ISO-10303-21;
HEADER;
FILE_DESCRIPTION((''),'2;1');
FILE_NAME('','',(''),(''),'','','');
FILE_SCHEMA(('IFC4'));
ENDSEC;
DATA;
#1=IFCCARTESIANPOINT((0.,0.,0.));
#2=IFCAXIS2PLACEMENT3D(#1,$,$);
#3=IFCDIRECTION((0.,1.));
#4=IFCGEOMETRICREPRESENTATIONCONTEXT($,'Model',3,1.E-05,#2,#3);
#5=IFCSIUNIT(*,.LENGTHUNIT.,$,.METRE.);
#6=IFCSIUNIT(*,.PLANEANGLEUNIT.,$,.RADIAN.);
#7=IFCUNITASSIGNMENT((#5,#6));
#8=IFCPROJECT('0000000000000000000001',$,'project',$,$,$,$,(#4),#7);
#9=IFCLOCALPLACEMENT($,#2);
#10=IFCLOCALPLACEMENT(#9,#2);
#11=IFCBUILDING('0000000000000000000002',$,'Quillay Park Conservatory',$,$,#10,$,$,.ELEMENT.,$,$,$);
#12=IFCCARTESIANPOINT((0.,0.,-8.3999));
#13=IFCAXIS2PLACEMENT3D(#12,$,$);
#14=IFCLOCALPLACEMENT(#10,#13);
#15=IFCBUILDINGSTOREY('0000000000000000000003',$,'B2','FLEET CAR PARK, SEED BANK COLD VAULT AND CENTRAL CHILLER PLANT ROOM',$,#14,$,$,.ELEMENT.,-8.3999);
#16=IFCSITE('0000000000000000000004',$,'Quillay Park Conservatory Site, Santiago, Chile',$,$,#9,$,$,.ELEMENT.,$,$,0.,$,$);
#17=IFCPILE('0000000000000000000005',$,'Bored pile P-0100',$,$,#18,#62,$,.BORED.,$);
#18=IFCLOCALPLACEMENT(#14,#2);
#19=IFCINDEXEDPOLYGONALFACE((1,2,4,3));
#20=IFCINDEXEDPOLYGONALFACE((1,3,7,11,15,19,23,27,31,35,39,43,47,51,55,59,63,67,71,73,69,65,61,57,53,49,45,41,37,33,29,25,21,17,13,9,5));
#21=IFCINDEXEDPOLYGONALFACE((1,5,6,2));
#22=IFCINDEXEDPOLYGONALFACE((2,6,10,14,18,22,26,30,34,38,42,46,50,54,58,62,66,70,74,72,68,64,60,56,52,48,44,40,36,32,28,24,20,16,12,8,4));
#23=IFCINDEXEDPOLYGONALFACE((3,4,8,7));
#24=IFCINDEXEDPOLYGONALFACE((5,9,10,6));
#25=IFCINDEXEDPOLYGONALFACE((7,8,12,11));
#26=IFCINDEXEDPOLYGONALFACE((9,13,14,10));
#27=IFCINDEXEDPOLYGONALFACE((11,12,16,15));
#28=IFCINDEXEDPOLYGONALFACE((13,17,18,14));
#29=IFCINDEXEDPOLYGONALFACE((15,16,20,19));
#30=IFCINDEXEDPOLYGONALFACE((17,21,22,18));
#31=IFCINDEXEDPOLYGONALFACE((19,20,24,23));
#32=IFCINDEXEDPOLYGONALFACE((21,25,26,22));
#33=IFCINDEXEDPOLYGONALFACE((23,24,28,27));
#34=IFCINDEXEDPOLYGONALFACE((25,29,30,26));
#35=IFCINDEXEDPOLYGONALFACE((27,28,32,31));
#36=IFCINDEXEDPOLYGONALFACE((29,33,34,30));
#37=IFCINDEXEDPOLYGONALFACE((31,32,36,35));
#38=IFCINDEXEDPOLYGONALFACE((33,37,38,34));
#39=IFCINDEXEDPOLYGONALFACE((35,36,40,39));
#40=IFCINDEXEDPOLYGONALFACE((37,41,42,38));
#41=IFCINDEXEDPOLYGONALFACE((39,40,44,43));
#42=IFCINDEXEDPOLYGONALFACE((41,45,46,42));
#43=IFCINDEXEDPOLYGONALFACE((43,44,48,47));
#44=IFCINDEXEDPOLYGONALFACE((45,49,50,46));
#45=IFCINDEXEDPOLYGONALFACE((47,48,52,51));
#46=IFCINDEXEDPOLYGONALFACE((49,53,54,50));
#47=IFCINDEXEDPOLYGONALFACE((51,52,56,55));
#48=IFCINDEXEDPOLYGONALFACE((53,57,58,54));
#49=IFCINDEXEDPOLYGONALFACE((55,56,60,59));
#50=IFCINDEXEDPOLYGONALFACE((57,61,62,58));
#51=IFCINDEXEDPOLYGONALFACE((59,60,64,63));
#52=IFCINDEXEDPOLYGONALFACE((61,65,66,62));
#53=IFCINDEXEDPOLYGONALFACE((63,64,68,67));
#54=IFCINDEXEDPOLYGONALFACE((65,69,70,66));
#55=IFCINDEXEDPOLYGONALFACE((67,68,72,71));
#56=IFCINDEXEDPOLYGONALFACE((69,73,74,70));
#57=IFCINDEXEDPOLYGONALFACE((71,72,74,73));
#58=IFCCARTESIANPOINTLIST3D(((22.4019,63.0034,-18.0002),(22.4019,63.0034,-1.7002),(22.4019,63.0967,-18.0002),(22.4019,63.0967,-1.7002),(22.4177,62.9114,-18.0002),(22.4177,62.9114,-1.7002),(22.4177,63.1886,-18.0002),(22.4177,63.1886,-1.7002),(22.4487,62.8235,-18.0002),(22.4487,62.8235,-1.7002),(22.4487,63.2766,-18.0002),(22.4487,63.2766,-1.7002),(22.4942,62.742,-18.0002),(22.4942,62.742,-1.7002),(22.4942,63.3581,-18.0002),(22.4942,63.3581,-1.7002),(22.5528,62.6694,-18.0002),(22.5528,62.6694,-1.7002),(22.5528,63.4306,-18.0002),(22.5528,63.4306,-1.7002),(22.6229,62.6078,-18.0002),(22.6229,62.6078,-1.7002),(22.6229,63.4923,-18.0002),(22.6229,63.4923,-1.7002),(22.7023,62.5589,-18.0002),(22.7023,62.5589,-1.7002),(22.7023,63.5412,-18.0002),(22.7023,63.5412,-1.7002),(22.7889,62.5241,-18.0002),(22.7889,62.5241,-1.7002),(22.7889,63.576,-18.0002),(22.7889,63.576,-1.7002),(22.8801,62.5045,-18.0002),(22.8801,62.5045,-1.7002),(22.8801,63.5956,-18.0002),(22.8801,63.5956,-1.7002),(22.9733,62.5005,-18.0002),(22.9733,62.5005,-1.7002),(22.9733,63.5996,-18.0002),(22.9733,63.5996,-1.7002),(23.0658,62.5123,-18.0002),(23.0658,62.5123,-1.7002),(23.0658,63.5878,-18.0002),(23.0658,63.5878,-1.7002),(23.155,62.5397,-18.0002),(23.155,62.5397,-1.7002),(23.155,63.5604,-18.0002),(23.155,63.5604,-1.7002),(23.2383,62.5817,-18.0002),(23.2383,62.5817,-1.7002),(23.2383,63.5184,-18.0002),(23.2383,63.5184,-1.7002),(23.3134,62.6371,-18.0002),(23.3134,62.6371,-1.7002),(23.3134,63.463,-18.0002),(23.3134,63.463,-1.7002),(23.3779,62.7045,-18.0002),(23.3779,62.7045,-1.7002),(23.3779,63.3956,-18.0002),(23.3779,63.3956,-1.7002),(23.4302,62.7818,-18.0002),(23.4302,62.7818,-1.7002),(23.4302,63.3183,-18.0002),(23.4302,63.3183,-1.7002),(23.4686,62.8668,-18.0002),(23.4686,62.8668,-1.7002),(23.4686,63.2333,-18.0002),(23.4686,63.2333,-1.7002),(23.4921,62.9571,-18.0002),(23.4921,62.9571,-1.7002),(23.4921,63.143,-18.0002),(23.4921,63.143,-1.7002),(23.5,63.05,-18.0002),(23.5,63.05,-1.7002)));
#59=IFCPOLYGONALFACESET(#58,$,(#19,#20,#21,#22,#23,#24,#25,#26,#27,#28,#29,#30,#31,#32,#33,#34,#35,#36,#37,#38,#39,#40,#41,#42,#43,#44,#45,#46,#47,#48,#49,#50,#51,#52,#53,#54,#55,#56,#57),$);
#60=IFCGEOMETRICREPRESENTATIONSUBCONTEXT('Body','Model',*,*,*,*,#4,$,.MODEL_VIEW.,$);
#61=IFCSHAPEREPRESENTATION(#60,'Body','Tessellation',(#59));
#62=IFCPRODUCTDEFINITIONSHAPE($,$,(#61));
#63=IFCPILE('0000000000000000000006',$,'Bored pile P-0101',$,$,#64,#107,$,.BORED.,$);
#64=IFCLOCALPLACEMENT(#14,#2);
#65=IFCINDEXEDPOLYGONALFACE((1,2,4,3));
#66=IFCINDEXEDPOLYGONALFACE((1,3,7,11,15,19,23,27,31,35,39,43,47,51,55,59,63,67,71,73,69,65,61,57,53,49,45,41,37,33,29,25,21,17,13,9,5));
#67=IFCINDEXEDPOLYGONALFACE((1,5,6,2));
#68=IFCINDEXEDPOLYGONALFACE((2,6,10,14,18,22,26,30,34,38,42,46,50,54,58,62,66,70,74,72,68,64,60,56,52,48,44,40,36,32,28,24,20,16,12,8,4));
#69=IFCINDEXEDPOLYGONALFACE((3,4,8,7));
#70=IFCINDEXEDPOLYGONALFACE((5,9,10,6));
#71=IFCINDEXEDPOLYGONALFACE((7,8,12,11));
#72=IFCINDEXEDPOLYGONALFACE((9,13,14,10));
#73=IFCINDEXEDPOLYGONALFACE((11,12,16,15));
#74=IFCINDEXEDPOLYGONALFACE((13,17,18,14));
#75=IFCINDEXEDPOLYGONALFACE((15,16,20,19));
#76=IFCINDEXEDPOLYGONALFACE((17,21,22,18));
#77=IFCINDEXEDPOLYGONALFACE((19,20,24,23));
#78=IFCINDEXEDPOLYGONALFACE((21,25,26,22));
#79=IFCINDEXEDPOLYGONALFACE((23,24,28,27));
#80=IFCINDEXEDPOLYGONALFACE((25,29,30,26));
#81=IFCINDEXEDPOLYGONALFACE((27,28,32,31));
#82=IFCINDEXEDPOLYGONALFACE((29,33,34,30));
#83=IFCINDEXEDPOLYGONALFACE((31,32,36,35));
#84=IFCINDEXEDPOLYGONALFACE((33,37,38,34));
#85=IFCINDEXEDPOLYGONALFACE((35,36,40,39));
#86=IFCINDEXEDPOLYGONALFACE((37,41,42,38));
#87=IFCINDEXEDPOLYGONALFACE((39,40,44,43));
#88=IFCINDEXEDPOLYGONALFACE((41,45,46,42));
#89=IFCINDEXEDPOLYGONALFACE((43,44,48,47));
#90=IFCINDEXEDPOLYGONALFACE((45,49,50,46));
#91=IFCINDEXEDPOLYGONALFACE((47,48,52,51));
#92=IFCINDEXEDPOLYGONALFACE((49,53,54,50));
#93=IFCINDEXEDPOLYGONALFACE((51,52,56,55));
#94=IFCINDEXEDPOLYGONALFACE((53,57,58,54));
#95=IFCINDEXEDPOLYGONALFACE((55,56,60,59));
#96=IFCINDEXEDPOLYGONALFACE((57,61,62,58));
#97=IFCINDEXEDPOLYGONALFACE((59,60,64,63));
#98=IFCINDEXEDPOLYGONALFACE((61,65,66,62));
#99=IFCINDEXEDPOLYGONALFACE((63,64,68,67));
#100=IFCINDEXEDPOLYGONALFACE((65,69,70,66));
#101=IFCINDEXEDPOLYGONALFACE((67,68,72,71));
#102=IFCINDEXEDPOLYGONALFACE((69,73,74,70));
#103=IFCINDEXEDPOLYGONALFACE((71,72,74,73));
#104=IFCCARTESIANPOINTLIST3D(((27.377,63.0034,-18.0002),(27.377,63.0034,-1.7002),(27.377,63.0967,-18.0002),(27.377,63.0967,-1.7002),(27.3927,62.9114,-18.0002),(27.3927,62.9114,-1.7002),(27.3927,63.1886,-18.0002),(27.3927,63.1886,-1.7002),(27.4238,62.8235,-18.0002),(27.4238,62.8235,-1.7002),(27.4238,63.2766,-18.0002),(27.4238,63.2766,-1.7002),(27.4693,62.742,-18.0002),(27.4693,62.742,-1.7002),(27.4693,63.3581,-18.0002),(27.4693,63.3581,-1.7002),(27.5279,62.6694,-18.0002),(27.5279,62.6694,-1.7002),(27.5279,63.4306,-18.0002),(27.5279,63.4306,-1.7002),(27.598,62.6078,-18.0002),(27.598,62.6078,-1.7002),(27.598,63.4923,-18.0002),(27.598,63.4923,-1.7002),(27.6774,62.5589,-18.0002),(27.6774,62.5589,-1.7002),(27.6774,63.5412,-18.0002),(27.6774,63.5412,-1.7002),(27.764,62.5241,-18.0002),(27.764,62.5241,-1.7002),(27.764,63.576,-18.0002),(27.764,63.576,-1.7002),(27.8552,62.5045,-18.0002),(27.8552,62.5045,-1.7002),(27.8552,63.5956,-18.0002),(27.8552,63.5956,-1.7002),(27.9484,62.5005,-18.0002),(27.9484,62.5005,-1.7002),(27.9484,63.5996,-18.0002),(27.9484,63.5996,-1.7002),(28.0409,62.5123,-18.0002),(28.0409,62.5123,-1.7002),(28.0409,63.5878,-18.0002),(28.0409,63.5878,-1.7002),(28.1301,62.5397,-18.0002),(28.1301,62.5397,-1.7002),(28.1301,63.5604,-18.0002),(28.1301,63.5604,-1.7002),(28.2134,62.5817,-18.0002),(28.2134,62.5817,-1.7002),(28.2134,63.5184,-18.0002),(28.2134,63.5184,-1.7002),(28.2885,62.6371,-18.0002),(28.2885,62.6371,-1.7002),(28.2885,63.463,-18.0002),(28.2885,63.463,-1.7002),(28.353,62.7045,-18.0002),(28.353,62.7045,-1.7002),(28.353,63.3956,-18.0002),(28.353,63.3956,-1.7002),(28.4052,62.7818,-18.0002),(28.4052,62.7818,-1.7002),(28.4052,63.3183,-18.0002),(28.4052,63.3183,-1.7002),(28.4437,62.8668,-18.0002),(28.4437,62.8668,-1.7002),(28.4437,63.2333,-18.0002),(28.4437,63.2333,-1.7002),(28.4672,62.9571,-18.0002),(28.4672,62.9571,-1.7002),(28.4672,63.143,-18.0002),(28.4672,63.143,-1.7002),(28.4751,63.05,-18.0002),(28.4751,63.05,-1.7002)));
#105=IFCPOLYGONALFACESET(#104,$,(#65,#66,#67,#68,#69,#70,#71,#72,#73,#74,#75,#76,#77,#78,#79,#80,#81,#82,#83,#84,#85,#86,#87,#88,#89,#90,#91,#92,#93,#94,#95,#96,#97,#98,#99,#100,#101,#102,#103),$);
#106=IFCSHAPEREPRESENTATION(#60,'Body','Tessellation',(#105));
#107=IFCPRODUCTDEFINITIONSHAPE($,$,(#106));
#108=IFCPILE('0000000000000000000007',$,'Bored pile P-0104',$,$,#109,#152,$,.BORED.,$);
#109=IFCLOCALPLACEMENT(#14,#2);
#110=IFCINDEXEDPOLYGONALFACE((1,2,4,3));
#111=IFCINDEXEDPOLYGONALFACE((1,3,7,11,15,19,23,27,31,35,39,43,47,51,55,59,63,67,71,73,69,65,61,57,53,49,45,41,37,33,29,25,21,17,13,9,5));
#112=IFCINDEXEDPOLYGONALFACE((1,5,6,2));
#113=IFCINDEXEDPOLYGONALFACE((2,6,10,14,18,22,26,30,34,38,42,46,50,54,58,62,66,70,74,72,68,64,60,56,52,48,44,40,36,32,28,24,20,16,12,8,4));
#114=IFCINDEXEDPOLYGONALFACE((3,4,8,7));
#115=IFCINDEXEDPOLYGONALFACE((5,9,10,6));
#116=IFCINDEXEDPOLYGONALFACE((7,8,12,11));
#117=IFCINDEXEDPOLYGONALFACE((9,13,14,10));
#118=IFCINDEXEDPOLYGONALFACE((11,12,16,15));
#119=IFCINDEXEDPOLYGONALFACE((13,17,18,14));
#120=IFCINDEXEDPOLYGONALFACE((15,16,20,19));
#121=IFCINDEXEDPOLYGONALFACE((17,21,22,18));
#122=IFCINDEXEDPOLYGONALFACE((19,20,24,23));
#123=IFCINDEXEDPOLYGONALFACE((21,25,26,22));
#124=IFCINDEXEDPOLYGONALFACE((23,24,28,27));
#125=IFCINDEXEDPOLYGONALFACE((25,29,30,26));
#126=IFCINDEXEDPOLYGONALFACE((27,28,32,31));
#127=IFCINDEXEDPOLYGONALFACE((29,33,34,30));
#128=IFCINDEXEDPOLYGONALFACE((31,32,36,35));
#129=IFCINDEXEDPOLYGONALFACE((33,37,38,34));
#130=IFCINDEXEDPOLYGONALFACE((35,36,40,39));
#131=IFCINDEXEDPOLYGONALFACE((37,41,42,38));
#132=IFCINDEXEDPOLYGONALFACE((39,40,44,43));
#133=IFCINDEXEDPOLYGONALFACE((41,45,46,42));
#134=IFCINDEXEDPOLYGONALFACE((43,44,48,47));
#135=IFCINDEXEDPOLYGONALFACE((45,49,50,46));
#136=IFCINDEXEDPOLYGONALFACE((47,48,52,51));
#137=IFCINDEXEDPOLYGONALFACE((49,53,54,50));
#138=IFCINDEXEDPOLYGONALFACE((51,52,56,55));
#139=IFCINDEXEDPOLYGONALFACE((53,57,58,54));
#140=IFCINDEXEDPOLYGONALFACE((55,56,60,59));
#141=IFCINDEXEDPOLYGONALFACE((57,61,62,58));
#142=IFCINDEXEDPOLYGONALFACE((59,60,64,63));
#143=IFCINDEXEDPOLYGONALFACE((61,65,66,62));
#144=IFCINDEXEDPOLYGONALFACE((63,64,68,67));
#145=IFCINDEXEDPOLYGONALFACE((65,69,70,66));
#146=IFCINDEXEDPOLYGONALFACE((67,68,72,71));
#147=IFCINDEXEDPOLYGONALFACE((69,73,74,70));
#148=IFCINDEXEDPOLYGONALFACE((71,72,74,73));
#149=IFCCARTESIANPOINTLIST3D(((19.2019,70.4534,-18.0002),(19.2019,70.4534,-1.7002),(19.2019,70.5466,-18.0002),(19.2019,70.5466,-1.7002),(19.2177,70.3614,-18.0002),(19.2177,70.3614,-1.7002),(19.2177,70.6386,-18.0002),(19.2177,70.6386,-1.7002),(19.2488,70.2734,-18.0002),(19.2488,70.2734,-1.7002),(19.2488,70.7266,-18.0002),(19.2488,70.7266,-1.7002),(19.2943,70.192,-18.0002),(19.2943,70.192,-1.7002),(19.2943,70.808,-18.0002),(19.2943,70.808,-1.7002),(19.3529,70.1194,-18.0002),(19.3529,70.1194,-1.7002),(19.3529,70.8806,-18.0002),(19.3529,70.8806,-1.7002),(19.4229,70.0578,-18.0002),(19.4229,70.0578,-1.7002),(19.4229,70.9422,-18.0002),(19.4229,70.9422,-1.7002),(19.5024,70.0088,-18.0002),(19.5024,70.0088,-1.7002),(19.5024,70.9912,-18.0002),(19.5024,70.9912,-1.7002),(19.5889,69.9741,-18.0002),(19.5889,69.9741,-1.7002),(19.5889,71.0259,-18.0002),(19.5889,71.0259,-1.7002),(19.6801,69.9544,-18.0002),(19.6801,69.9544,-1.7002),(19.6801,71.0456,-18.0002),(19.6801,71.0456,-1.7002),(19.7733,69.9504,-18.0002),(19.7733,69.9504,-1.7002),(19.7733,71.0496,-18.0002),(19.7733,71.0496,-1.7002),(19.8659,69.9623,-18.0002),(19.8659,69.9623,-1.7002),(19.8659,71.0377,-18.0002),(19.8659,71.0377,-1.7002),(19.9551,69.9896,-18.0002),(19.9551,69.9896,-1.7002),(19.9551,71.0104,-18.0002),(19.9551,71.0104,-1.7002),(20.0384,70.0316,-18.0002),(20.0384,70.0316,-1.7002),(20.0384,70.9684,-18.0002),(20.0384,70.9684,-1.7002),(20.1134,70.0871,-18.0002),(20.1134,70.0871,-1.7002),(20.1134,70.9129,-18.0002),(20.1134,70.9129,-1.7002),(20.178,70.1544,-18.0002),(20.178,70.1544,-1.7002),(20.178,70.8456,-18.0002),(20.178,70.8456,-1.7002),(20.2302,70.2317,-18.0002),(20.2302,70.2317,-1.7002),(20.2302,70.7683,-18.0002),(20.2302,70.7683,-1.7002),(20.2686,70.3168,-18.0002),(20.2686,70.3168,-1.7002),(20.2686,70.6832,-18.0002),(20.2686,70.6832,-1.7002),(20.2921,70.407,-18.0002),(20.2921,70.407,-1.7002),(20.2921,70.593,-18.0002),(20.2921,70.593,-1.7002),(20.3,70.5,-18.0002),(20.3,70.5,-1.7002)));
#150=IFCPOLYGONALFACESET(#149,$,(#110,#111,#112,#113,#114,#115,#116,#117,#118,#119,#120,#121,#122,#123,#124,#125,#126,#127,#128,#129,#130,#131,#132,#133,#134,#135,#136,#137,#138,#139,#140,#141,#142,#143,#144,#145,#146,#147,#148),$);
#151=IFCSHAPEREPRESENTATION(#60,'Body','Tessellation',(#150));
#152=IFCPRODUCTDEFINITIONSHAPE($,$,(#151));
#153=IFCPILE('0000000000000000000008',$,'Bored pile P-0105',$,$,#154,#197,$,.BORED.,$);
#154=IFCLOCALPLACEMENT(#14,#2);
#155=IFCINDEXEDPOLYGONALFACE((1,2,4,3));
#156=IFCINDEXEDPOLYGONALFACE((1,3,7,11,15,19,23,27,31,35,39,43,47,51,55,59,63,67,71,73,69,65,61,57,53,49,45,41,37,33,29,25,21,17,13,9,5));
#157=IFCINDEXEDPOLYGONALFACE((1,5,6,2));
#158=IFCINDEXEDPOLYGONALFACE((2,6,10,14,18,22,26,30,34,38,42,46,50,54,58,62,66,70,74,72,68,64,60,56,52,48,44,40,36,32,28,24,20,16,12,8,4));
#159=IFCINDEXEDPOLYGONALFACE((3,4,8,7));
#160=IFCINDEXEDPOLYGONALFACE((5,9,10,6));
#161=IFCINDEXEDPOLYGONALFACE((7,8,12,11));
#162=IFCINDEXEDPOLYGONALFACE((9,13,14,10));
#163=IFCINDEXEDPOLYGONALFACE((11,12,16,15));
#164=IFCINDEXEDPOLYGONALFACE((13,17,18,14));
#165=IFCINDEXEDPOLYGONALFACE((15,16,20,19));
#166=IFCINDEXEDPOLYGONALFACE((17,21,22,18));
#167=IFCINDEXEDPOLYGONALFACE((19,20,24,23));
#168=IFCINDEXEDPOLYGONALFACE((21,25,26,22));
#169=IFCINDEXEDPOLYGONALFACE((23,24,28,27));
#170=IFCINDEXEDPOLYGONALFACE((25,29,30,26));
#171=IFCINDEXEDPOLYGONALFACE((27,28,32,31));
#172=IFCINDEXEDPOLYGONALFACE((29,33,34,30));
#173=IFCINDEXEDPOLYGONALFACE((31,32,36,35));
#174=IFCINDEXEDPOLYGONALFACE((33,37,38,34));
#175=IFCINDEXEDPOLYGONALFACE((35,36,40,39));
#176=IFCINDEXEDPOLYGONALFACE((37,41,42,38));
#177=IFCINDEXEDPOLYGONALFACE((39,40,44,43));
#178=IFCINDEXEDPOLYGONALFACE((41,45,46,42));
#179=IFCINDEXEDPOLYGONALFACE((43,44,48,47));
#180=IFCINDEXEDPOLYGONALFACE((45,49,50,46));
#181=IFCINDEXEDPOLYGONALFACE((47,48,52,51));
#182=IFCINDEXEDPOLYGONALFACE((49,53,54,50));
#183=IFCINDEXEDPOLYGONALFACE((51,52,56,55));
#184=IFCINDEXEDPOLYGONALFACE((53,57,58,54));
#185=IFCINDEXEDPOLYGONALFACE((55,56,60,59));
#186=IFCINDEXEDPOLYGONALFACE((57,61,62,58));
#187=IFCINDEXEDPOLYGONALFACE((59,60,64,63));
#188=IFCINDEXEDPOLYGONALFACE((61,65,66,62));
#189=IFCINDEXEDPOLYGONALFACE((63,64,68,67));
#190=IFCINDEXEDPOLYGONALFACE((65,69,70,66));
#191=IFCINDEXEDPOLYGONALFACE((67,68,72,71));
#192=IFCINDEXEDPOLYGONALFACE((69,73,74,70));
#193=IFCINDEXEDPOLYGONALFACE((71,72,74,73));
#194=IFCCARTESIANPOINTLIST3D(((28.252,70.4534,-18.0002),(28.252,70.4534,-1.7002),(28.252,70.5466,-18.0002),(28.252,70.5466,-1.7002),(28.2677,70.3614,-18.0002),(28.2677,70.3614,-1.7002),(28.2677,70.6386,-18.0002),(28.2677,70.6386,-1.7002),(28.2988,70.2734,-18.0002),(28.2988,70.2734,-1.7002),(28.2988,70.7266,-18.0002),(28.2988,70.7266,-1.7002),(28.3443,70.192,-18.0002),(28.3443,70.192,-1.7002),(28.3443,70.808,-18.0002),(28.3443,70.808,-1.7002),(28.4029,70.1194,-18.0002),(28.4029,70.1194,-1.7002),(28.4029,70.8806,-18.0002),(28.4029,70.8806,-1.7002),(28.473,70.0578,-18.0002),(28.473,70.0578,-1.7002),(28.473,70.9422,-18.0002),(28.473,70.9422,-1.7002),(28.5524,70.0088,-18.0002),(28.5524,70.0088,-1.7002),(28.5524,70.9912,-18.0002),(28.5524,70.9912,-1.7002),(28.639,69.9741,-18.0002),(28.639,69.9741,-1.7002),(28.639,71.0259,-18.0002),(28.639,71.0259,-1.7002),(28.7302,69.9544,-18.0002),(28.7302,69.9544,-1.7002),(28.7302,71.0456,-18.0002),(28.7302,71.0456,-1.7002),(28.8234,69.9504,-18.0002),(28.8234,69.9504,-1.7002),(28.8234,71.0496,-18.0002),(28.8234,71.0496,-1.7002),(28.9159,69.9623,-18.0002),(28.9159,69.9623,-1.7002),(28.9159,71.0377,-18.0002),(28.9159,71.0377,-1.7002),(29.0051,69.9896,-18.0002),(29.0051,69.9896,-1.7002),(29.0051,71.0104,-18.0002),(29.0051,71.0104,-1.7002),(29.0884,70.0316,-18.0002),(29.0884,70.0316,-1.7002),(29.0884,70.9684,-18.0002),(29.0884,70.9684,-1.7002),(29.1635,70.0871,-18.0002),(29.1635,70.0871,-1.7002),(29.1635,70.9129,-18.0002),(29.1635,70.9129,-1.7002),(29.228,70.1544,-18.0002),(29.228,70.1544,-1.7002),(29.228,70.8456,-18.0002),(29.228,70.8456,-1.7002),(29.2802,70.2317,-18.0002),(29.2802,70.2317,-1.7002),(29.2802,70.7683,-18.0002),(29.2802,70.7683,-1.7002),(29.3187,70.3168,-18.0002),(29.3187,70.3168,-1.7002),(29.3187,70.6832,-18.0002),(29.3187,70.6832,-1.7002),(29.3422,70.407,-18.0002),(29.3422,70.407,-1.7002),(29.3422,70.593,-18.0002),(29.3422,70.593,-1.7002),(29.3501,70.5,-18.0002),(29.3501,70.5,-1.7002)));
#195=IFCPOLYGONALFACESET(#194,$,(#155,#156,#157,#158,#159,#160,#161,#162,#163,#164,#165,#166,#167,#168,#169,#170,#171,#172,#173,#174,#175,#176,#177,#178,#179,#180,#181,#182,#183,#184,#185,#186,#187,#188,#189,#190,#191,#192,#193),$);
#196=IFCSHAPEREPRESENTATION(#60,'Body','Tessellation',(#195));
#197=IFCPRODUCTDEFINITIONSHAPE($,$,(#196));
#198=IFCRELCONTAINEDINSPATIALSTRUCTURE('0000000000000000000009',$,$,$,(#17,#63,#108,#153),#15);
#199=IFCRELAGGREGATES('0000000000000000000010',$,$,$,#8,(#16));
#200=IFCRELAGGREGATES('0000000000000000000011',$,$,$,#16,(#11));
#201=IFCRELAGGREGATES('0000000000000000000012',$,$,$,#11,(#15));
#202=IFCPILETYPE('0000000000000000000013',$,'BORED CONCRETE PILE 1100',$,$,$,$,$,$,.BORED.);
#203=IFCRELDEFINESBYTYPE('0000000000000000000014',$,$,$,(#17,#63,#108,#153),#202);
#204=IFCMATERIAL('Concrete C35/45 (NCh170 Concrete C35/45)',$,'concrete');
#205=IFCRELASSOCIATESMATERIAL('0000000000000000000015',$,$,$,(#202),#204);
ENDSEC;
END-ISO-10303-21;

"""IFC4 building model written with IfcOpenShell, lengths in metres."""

from ifc_helpers import new_model, si_unit, direction, frame, origin, origin_2d, place, context, subcontext, project, spatial, circle, extrude, material, material_profile, profile_set, type_object, element, save


model = new_model("IFC4")

# Units and contexts
model_context = context("Model", 3, precision=1e-05, world=origin(), true_north=direction((0.0, 1.0)))
body_context = subcontext(model_context, "Body", "Model", "MODEL_VIEW")
ifc_project = project(units=[si_unit("LENGTHUNIT", "METRE"), si_unit("PLANEANGLEUNIT", "RADIAN")], contexts=[model_context])

# Site, building, storey
site_placement = place(None, origin())
site = spatial("IfcSite", under=ifc_project, at=site_placement, Name="Quillay Park Conservatory Site, Santiago, Chile", CompositionType="ELEMENT", RefElevation=0.0)
building_placement = place(site_placement, origin())
building = spatial("IfcBuilding", under=site, at=building_placement, Name="Quillay Park Conservatory", CompositionType="ELEMENT")
storey_placement = place(building_placement, frame((0.0, 0.0, -8.3999)))
storey = spatial("IfcBuildingStorey", under=building, at=storey_placement, Name="B2", Description="FLEET CAR PARK, SEED BANK COLD VAULT AND CENTRAL CHILLER PLANT ROOM", CompositionType="ELEMENT", Elevation=-8.3999)

# Piles
ifc_material_1 = material(Name="Concrete C35/45 (NCh170 Concrete C35/45)", Category="concrete")
ifc_material_profile_1 = material_profile(ifc_material_1, circle(Radius=0.55, at=origin_2d()), Name="PILE1100")
ifc_profile_set_1 = profile_set([ifc_material_profile_1], Name="Concrete C35/45 (NCh170 Concrete C35/45)")
pile_type = type_object("IfcPileType", Name="BORED CONCRETE PILE 1100", PredefinedType="BORED", material=ifc_profile_set_1)
for number, where, z_axis, x_axis, name in (
    (1, (22.95, 63.05, -1.7002), (0.0, 0.0, -1.0), (1.0, 0.0, 0.0), "Bored pile P-0100"),
    (2, (27.925, 63.05, -1.7002), (0.0, 0.0, -1.0), (1.0, 0.0, 0.0), "Bored pile P-0101"),
    (3, (19.75, 70.5, -1.7002), (0.0, 0.0, -1.0), (1.0, 0.0, 0.0), "Bored pile P-0104"),
    (4, (28.8, 70.5, -1.7002), (0.0, 0.0, -1.0), (1.0, 0.0, 0.0), "Bored pile P-0105"),
):
    element("IfcPile", number, at=place(storey_placement, frame(where, z_axis=z_axis, x_axis=x_axis)), inside=storey, type_object=pile_type, Name=name, PredefinedType="BORED", context=body_context, shape_type="SweptSolid", body=[
        extrude(circle(Radius=0.55, at=origin_2d()), origin(), (0.0, 0.0, 1.0), 16.3),
    ])

save(model, "model.ifc")
